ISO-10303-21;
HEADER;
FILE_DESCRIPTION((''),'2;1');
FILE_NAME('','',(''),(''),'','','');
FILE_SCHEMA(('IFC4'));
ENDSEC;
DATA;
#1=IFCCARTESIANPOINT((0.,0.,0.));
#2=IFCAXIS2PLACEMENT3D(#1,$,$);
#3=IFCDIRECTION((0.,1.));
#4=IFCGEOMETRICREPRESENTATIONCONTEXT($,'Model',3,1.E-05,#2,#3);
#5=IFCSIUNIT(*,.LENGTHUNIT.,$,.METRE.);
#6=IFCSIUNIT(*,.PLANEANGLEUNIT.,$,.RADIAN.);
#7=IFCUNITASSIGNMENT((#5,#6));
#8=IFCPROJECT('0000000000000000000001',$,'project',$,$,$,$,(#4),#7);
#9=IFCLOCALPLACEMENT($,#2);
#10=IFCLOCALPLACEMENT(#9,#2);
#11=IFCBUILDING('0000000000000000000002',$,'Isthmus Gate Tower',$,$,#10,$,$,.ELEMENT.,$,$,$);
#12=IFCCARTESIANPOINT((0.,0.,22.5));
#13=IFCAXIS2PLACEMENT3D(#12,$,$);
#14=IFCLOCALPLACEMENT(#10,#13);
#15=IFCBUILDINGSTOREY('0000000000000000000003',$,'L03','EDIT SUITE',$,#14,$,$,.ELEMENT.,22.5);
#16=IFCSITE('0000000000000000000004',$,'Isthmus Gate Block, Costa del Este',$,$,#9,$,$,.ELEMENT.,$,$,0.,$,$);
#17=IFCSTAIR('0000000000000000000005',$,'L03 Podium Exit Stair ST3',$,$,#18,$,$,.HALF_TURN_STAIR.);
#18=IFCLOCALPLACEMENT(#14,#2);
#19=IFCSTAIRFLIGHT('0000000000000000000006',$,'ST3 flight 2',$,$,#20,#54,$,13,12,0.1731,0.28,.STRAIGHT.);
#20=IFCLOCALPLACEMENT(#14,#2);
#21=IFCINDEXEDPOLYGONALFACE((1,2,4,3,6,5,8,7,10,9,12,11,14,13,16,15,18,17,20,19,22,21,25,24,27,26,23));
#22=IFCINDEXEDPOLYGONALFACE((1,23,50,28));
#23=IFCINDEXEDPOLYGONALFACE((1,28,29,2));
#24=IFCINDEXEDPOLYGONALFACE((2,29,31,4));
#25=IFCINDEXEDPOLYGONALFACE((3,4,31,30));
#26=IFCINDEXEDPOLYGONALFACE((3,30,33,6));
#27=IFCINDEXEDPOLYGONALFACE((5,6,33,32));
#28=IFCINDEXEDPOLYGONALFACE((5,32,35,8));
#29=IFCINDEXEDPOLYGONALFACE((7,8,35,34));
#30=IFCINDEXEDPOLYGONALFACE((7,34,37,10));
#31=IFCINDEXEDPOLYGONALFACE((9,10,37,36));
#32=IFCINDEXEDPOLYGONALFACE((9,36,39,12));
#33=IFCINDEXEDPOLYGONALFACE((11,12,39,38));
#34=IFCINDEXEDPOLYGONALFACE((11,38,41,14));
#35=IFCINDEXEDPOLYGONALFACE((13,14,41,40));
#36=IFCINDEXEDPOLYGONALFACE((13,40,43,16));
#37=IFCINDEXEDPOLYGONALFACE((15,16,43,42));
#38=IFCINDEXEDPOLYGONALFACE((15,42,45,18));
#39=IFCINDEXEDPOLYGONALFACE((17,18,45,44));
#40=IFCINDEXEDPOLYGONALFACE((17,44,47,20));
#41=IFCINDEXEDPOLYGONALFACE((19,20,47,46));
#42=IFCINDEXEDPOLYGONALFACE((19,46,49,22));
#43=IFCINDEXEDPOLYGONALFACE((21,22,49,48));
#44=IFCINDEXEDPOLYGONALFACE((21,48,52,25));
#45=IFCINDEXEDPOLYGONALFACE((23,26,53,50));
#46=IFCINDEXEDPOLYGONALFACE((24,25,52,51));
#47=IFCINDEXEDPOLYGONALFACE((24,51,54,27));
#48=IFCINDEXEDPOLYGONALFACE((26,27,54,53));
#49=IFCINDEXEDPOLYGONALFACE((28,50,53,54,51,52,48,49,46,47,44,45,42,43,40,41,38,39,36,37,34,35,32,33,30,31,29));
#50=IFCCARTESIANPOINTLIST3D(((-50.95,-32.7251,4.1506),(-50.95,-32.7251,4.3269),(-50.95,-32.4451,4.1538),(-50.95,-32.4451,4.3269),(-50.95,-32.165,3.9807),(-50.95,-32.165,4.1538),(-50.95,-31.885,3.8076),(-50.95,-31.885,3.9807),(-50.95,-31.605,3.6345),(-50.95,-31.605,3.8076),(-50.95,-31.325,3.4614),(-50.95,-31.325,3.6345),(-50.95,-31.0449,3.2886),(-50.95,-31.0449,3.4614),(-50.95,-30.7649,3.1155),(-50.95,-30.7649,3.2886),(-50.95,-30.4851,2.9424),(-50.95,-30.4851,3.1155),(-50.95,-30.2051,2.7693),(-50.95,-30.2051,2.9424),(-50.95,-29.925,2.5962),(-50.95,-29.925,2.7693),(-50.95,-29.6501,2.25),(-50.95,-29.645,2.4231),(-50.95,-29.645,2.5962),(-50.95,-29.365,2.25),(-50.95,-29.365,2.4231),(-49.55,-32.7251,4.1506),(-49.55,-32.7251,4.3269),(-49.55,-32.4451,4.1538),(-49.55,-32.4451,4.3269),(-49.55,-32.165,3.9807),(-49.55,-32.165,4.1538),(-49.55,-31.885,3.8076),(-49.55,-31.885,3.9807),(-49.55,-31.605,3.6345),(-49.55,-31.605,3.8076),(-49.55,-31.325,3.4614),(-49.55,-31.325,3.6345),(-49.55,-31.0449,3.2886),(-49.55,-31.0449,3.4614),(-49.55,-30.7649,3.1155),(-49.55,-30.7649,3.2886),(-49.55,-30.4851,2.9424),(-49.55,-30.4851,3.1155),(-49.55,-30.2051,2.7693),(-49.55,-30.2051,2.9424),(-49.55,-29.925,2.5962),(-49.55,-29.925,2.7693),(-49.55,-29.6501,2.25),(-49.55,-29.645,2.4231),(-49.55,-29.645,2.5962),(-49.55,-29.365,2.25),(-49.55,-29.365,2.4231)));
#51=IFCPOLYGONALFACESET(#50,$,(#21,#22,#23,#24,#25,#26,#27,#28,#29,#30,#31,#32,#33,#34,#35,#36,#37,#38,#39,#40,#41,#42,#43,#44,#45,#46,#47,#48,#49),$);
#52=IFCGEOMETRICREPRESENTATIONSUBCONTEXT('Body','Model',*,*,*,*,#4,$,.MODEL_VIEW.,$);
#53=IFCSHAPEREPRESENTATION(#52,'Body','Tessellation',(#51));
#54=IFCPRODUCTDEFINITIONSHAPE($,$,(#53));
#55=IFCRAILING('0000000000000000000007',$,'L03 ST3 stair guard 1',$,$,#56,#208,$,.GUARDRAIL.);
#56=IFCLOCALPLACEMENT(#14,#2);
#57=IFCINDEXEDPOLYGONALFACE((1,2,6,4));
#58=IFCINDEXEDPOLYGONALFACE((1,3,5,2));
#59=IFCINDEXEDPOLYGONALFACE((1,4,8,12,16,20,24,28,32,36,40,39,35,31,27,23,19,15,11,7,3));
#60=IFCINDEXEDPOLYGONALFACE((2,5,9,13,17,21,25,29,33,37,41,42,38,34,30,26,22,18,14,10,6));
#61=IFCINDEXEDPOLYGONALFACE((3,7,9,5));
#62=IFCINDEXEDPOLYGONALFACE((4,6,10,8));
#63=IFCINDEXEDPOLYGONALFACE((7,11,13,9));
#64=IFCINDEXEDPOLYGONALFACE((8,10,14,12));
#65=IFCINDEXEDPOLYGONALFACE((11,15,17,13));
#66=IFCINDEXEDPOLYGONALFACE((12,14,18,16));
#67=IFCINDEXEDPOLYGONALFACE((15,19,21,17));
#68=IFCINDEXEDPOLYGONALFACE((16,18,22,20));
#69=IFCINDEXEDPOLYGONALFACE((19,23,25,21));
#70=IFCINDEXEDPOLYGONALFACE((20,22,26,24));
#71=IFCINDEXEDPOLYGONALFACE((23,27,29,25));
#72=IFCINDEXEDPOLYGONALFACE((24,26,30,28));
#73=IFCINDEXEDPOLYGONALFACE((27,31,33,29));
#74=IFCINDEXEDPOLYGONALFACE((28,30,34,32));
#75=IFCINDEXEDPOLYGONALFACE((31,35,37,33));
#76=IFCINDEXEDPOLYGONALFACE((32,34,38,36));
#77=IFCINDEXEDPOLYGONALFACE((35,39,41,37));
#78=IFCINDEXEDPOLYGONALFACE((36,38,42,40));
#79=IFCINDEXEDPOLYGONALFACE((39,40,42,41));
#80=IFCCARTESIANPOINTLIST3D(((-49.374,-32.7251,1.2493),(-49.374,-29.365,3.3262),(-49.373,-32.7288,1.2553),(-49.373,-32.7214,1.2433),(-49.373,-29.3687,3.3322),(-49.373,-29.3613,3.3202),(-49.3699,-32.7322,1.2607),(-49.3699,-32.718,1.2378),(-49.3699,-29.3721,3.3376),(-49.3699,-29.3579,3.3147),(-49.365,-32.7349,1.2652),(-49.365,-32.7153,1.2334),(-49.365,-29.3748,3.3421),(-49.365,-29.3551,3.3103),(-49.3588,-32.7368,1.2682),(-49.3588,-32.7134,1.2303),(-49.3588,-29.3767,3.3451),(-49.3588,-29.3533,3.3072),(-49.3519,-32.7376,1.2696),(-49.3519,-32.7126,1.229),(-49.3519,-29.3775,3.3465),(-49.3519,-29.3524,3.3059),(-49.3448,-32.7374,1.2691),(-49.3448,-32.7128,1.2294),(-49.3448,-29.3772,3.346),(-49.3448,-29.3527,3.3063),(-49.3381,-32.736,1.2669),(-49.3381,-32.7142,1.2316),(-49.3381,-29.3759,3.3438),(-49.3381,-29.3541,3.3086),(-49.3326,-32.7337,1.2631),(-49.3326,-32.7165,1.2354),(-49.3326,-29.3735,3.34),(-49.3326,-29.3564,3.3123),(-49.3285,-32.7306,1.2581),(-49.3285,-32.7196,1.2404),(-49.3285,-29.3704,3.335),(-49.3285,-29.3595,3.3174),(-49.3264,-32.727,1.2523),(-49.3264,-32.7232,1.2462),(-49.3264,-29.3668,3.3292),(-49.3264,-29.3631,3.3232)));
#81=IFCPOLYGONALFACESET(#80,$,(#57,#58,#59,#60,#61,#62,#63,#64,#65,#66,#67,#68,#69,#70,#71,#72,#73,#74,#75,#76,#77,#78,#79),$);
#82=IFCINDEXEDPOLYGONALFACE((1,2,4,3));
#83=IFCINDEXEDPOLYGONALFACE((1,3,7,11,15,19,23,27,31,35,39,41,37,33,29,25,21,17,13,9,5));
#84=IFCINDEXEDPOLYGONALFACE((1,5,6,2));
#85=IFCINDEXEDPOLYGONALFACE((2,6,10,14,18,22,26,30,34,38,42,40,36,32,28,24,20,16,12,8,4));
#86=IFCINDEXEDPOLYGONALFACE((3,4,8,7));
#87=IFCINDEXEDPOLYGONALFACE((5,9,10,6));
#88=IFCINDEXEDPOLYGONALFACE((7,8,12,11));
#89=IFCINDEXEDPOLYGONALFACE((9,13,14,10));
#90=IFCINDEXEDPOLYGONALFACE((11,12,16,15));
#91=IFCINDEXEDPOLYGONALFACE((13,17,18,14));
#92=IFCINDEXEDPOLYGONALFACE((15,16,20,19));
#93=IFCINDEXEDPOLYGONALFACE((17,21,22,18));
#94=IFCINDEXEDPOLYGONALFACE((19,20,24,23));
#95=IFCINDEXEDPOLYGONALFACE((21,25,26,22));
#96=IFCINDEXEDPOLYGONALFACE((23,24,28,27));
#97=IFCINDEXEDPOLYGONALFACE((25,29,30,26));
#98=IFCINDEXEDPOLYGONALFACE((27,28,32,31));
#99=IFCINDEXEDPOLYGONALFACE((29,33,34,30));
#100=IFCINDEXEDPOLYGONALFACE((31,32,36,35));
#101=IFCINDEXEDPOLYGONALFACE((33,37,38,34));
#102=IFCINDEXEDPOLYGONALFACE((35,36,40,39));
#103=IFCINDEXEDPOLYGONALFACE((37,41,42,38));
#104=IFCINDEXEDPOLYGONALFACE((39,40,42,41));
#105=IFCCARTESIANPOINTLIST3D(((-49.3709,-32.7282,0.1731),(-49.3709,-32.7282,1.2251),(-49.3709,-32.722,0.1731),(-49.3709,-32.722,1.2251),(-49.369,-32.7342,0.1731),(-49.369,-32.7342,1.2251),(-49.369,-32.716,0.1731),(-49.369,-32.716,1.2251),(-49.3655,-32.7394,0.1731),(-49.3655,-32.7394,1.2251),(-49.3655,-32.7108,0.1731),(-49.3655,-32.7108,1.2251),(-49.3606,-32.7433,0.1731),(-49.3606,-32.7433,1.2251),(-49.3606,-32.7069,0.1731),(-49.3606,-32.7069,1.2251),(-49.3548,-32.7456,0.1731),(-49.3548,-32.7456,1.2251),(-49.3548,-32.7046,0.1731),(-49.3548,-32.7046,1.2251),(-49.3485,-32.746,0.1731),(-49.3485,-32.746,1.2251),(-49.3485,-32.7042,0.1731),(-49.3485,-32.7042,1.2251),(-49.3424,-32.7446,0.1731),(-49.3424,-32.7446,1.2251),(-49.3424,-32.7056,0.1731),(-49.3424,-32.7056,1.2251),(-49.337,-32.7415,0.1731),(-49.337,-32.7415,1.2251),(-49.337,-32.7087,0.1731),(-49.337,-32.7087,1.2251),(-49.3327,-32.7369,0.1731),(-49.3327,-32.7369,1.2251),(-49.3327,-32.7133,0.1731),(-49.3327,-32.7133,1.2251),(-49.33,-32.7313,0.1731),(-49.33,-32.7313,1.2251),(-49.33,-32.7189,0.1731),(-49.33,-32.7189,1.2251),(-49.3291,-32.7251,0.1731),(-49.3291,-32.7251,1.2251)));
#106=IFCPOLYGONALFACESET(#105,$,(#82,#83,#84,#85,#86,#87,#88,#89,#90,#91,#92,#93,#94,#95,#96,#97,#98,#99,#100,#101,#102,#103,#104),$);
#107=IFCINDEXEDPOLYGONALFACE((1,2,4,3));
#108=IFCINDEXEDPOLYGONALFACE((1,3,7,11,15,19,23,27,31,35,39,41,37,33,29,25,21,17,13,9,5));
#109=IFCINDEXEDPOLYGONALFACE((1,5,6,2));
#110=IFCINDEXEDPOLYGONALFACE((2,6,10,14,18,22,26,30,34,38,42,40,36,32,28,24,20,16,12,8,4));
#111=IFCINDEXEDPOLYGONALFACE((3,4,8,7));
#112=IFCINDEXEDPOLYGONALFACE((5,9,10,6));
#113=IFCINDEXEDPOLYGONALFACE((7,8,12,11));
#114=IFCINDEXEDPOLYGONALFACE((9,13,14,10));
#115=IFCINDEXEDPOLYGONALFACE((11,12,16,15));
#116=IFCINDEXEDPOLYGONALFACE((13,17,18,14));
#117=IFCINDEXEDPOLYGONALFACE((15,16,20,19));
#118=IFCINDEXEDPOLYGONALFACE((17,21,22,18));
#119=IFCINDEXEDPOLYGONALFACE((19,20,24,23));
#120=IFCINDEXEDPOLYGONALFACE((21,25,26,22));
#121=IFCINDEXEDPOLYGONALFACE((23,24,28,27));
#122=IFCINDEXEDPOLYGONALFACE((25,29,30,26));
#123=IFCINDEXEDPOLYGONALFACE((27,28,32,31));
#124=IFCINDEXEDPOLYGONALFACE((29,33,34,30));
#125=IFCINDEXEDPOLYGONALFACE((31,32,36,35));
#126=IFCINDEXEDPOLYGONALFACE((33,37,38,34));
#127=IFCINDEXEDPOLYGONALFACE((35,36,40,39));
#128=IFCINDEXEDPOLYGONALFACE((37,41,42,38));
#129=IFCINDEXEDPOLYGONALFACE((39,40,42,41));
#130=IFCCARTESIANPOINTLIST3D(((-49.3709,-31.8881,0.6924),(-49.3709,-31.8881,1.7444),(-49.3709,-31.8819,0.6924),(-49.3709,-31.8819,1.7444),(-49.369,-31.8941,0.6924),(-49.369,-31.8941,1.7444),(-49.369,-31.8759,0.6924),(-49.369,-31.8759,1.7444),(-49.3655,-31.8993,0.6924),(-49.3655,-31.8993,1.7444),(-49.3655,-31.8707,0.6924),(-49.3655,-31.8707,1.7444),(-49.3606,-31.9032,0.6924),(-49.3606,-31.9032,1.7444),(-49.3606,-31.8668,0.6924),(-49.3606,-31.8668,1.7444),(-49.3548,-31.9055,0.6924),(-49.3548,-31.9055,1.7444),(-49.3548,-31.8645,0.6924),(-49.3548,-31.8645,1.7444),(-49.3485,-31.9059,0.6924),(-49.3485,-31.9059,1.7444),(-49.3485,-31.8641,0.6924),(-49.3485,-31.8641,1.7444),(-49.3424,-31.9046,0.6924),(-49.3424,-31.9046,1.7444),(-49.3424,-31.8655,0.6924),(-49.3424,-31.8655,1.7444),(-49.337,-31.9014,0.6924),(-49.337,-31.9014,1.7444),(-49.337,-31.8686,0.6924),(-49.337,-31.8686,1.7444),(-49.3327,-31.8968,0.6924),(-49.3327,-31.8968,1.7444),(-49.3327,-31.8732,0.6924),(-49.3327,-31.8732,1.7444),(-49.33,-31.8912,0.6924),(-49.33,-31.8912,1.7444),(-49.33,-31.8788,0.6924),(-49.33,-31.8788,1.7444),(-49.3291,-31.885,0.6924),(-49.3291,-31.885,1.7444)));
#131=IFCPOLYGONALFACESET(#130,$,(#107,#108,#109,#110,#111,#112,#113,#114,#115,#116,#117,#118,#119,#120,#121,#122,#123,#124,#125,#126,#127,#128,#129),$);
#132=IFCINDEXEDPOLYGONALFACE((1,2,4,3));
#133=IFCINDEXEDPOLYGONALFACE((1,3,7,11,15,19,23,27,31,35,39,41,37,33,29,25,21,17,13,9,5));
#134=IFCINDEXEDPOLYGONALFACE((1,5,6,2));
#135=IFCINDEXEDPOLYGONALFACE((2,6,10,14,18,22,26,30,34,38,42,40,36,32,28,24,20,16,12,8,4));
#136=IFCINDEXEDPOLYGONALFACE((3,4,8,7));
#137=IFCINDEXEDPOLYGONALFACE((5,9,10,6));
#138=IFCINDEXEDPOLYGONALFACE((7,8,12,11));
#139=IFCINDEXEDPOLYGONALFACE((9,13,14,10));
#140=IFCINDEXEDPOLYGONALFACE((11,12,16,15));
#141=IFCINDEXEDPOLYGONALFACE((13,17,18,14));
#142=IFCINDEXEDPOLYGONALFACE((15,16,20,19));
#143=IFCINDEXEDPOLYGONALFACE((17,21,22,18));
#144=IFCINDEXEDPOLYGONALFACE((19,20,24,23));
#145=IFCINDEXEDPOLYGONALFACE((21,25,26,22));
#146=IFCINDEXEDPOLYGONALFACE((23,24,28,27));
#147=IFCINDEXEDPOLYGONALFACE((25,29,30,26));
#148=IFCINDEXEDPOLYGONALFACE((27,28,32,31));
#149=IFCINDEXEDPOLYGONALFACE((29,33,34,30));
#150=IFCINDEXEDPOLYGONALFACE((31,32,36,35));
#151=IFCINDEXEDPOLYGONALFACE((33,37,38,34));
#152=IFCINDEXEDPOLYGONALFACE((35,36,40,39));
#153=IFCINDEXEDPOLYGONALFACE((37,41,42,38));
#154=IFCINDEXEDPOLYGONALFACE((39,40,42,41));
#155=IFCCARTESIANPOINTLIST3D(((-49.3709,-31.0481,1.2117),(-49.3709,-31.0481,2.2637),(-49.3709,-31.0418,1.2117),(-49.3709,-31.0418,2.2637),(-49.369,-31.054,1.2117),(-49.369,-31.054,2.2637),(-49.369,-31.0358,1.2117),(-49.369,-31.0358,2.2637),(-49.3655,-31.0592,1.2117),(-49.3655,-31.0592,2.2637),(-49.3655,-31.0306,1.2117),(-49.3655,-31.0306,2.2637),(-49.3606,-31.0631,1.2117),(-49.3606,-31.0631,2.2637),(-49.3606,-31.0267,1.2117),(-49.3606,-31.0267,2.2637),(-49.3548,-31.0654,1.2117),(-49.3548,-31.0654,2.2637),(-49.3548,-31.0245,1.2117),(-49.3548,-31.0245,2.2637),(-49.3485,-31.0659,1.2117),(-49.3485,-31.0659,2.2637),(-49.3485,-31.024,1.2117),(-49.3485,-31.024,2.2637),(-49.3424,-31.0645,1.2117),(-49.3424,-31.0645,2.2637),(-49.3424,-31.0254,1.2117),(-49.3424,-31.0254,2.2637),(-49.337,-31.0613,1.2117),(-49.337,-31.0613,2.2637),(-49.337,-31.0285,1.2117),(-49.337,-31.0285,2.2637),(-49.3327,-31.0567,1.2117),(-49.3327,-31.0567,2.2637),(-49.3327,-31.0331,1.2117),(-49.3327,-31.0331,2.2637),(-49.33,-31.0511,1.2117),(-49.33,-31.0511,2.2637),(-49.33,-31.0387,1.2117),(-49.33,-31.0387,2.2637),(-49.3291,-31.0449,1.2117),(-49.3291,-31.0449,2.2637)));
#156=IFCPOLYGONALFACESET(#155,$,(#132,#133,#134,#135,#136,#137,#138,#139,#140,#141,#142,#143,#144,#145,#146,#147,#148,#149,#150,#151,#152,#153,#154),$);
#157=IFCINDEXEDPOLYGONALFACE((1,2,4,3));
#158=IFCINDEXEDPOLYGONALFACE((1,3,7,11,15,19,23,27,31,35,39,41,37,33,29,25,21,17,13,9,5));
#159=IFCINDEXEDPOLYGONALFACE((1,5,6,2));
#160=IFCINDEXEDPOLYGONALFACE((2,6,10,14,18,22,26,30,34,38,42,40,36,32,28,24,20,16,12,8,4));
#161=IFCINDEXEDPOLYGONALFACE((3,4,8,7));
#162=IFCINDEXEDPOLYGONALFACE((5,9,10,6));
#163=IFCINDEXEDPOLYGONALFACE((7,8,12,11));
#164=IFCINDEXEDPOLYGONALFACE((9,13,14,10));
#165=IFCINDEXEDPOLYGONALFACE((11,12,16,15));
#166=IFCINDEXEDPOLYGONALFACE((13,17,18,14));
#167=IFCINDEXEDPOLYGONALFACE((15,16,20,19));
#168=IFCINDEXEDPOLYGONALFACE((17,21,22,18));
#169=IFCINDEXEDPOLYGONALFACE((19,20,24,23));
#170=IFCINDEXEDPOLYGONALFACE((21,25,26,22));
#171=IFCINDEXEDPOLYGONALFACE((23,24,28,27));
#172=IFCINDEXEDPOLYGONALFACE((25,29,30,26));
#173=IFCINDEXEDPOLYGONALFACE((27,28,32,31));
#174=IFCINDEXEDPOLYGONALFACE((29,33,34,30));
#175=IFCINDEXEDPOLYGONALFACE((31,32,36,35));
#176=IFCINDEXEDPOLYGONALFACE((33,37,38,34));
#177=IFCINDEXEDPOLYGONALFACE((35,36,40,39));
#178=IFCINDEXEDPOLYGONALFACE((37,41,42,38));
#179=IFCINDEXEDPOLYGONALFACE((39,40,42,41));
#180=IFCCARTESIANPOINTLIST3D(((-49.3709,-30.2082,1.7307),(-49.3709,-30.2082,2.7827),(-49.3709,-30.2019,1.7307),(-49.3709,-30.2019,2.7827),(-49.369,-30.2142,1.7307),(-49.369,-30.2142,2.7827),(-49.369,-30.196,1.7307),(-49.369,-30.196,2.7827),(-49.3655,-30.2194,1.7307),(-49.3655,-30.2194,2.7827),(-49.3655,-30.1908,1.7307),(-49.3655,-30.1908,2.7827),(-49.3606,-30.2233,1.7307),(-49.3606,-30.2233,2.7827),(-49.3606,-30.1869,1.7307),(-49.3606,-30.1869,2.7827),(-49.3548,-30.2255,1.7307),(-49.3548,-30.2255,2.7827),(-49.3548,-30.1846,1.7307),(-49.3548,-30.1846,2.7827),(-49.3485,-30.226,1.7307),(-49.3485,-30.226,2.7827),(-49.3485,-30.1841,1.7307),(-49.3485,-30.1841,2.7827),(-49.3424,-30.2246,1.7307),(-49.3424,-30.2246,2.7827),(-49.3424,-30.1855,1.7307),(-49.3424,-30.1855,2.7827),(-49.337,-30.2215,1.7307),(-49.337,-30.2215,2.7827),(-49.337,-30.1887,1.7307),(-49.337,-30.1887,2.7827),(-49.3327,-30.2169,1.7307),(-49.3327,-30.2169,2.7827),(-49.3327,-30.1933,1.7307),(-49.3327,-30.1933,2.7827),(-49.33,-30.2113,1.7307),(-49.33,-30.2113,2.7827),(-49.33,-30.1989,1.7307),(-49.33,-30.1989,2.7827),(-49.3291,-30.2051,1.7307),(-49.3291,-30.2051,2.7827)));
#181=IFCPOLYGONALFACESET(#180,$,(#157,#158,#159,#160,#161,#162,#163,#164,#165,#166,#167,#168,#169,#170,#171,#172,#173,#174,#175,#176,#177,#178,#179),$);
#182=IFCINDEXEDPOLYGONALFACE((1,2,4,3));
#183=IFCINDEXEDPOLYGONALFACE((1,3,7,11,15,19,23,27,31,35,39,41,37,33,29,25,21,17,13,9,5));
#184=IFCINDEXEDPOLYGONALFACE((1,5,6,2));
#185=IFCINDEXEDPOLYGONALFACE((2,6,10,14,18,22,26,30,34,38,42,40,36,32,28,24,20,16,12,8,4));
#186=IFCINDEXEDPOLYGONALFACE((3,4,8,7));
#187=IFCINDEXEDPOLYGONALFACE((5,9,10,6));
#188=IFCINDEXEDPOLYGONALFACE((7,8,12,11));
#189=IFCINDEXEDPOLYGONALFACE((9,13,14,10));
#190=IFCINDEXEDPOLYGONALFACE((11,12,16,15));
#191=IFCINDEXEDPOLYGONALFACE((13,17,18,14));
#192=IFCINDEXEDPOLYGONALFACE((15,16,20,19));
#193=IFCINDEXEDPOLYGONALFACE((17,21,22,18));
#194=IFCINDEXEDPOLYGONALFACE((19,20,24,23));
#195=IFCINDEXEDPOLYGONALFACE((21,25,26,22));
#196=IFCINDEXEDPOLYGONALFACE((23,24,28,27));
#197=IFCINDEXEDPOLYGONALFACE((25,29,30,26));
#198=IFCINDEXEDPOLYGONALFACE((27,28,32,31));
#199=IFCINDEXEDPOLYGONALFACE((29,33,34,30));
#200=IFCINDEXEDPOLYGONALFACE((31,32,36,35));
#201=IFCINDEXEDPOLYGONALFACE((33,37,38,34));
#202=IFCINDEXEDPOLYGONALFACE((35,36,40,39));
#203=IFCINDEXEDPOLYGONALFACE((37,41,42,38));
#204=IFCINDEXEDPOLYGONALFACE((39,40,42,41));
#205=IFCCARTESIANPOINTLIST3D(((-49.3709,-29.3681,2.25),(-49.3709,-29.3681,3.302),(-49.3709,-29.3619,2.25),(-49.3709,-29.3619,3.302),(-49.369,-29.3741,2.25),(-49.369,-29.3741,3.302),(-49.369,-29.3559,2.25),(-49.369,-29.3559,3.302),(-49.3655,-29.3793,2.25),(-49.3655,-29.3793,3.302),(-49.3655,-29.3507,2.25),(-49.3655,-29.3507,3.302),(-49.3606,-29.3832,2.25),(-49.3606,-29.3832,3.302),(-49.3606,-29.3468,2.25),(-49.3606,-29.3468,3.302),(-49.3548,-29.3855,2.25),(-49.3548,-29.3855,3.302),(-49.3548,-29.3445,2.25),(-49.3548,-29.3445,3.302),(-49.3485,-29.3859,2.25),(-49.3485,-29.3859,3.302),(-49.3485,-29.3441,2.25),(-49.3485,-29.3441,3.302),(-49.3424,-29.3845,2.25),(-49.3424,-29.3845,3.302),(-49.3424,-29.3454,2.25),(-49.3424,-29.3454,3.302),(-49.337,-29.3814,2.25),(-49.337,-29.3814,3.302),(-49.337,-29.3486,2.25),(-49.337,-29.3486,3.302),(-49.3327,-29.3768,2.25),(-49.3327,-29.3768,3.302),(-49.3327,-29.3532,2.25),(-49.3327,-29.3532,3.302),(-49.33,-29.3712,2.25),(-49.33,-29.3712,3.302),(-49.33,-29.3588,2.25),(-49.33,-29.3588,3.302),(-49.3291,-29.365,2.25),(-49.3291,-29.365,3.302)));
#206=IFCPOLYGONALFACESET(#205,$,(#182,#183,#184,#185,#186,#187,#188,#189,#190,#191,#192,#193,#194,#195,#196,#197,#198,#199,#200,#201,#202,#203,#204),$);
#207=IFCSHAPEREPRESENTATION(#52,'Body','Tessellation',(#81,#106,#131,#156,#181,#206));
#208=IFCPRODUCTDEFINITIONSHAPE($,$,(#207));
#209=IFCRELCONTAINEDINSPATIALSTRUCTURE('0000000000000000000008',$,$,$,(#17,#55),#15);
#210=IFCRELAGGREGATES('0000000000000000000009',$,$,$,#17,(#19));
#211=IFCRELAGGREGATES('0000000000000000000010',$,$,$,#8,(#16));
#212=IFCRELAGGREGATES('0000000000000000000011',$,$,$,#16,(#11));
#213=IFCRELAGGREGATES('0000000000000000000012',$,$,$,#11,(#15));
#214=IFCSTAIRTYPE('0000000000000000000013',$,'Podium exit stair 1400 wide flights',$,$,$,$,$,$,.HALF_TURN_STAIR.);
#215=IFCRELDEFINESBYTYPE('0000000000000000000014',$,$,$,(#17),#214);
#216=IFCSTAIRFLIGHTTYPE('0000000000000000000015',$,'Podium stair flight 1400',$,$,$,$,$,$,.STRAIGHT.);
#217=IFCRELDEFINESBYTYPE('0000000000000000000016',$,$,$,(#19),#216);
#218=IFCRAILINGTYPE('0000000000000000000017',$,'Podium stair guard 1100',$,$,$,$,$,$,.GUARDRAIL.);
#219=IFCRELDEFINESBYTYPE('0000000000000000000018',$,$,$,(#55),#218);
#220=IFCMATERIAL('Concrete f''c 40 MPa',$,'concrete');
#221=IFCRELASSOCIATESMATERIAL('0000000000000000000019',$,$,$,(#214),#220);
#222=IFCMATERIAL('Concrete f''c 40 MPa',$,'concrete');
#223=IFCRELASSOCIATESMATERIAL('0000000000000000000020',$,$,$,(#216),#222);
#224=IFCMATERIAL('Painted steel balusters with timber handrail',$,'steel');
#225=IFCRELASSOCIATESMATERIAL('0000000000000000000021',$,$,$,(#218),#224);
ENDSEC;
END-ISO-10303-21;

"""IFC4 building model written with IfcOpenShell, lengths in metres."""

from ifc_helpers import new_model, si_unit, direction, frame, origin, origin_2d, place, context, subcontext, project, spatial, polyline, circle, outline, extrude, material, type_object, element, aggregate, save


model = new_model("IFC4")

# Units and contexts
model_context = context("Model", 3, precision=1e-05, world=origin(), true_north=direction((0.0, 1.0)))
body_context = subcontext(model_context, "Body", "Model", "MODEL_VIEW")
ifc_project = project(units=[si_unit("LENGTHUNIT", "METRE"), si_unit("PLANEANGLEUNIT", "RADIAN")], contexts=[model_context])

# Site, building, storey
site_placement = place(None, origin())
site = spatial("IfcSite", under=ifc_project, at=site_placement, Name="Isthmus Gate Block, Costa del Este", CompositionType="ELEMENT", RefElevation=0.0)
building_placement = place(site_placement, origin())
building = spatial("IfcBuilding", under=site, at=building_placement, Name="Isthmus Gate Tower", CompositionType="ELEMENT")
storey_placement = place(building_placement, frame((0.0, 0.0, 22.5)))
storey = spatial("IfcBuildingStorey", under=building, at=storey_placement, Name="L03", Description="EDIT SUITE", CompositionType="ELEMENT", Elevation=22.5)

# Stair, stair flight
ifc_material_1 = material(Name="Concrete f'c 40 MPa", Category="concrete")
stair_type = type_object("IfcStairType", Name="Podium exit stair 1400 wide flights", PredefinedType="HALF_TURN_STAIR", material=ifc_material_1)
stair_placement = place(storey_placement, origin())
stair = element("IfcStair", 1, at=stair_placement, inside=storey, type_object=stair_type, Name="L03 Podium Exit Stair ST3", PredefinedType="HALF_TURN_STAIR")
ifc_material_2 = material(Name="Concrete f'c 40 MPa", Category="concrete")
stair_flight_type = type_object("IfcStairFlightType", Name="Podium stair flight 1400", PredefinedType="STRAIGHT", material=ifc_material_2)
stair_flight_1_placement = place(storey_placement, frame((-50.25, -29.365, 2.25), z_axis=(0.0, 0.0, 1.0), x_axis=(0.0, -1.0, 0.0)))
stair_flight_1 = element("IfcStairFlight", 2, at=stair_flight_1_placement, type_object=stair_flight_type, Name="ST3 flight 2", NumberOfRisers=13, NumberOfTreads=12, PredefinedType="STRAIGHT", RiserHeight=0.1731, TreadLength=0.28, context=body_context, shape_type="SweptSolid", body=[
    extrude(outline(polyline([(0.0, 0.0), (0.0, 0.1731), (0.28, 0.1731), (0.28, 0.3462), (0.5601, 0.3462), (0.5601, 0.5193), (0.8401, 0.5193), (0.8401, 0.6924), (1.1201, 0.6924), (1.1201, 0.8655), (1.3999, 0.8655), (1.3999, 1.0386), (1.6799, 1.0386), (1.6799, 1.2114), (1.96, 1.2114), (1.96, 1.3845), (2.24, 1.3845), (2.24, 1.5576), (2.52, 1.5576), (2.52, 1.7307), (2.8, 1.7307), (2.8, 1.9038), (3.0801, 1.9038), (3.0801, 2.0769), (3.3601, 2.0769), (3.3601, 2.25), (3.3601, 1.9006), (0.2852, 0.0), (0.0, 0.0)])), frame((0.0, 0.7, 0.0), z_axis=(0.0, -1.0, 0.0), x_axis=(1.0, 0.0, 0.0)), (0.0, 0.0, 1.0), 1.3999),
])
aggregate(stair, [stair_flight_1])

# Railing
ifc_material_3 = material(Name="Painted steel balusters with timber handrail", Category="steel")
railing_type_1 = type_object("IfcRailingType", Name="Podium stair guard 1100", PredefinedType="GUARDRAIL", material=ifc_material_3)
railing_1_placement = place(storey_placement, frame((-49.3501, -32.7251, 0.1731)))
element("IfcRailing", 3, at=railing_1_placement, inside=storey, type_object=railing_type_1, Name="L03 ST3 stair guard 1", PredefinedType="GUARDRAIL", context=body_context, shape_type="SweptSolid", body=[
    extrude(circle(Radius=0.0239, at=origin_2d()), frame((0.0, 0.0, 1.0762), z_axis=(0.0, 0.850623, 0.525776), x_axis=(-1.0, 0.0, 0.0)), (0.0, 0.0, 1.0), 3.9502),
    extrude(circle(Radius=0.021, at=origin_2d()), origin(), (0.0, 0.0, 1.0), 1.052),
    extrude(circle(Radius=0.021, at=origin_2d()), frame((0.0, 0.8401, 0.5193)), (0.0, 0.0, 1.0), 1.052),
    extrude(circle(Radius=0.021, at=origin_2d()), frame((0.0, 1.6802, 1.0386)), (0.0, 0.0, 1.0), 1.052),
    extrude(circle(Radius=0.021, at=origin_2d()), frame((0.0, 2.52, 1.5576)), (0.0, 0.0, 1.0), 1.052),
    extrude(circle(Radius=0.021, at=origin_2d()), frame((0.0, 3.3601, 2.0769)), (0.0, 0.0, 1.0), 1.052),
])

save(model, "model.ifc")
